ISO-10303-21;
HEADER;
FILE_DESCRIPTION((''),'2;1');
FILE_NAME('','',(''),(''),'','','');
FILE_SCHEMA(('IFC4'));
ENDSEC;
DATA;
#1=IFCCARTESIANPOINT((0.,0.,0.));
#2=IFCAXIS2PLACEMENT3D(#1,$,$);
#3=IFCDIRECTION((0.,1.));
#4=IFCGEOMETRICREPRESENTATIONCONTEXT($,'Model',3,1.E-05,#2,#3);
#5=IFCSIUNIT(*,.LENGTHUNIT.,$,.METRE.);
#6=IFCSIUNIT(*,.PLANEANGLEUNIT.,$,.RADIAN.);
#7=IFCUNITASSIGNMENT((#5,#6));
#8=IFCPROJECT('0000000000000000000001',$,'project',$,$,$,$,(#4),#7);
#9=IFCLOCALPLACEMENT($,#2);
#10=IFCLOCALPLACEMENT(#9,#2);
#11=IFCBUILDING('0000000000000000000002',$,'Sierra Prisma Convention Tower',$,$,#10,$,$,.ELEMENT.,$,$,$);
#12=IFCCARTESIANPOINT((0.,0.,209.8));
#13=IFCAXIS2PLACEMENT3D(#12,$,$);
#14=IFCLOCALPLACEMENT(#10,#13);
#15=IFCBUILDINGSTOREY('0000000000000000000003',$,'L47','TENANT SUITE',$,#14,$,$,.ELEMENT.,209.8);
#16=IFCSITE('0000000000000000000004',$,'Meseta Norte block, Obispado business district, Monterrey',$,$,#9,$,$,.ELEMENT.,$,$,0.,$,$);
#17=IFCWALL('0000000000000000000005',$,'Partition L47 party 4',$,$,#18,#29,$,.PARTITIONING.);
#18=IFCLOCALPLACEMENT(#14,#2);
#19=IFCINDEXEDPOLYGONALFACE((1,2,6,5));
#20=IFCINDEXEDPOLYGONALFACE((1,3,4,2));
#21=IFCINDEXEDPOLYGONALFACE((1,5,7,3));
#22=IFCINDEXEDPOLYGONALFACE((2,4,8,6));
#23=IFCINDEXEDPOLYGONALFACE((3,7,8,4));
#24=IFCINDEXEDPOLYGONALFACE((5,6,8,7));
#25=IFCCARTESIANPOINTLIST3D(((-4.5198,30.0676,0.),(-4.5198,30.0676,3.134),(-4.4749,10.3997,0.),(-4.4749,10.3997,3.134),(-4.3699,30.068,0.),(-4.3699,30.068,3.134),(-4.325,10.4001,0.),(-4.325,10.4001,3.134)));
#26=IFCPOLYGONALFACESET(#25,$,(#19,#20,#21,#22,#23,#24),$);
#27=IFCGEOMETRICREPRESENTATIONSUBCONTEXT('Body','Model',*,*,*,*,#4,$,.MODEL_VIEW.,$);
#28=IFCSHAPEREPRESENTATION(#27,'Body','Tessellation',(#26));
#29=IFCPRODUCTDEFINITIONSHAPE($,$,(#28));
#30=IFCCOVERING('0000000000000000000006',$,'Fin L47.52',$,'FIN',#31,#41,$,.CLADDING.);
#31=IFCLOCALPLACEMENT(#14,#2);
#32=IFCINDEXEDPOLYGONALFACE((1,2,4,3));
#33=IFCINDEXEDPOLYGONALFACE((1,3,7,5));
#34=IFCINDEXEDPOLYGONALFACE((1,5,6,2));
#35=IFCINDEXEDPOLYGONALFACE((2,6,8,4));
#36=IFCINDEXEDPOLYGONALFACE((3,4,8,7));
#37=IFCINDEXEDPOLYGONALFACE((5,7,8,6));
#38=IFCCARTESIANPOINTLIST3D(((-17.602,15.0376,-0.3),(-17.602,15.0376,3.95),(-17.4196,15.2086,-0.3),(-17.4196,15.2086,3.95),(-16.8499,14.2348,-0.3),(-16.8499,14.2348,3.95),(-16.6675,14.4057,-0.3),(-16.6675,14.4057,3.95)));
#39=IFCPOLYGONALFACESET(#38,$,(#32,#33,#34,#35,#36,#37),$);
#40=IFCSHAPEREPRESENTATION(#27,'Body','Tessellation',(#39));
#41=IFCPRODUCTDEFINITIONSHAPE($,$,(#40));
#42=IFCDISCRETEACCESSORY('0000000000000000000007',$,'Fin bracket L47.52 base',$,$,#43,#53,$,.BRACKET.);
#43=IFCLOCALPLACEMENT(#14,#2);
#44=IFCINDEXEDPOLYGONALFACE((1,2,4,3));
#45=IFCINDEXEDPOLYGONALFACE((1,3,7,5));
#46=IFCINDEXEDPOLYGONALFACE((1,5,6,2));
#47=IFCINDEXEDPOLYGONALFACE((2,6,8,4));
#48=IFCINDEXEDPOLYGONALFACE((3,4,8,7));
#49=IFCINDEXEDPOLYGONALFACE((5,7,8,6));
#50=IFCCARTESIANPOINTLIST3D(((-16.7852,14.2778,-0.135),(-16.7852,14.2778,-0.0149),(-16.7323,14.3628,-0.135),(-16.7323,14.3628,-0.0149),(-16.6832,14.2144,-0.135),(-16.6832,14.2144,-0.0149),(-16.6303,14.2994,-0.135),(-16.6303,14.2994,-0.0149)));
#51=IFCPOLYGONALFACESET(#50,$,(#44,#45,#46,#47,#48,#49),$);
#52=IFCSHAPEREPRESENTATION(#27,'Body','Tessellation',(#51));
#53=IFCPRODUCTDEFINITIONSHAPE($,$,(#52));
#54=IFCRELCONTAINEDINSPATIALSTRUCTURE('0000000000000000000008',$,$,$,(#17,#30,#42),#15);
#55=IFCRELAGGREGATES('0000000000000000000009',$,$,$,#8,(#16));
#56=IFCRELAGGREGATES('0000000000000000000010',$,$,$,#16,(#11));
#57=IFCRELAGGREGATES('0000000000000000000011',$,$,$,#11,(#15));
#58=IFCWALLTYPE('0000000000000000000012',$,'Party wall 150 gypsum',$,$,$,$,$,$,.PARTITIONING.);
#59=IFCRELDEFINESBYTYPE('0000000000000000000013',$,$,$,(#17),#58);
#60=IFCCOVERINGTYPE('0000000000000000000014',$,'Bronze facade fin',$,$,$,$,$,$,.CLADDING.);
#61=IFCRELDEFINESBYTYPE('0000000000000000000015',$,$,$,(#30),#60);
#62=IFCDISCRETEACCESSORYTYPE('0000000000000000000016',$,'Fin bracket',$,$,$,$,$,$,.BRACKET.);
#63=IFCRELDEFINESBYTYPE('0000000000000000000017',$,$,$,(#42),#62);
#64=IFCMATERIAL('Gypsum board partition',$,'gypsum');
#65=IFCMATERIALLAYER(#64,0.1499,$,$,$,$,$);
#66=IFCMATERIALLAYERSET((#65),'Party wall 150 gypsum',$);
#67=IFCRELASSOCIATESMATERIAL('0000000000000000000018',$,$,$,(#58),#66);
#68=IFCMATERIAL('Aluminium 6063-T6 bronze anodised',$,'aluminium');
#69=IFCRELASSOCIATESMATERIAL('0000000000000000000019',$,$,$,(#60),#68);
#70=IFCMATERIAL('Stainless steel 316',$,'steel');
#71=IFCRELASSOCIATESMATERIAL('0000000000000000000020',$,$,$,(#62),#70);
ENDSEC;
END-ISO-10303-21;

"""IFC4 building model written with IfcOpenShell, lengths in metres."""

from ifc_helpers import new_model, si_unit, direction, frame, frame_2d, origin, origin_2d, place, context, subcontext, project, spatial, rectangle, extrude, material, layer, layer_set, material_profile, profile_set, type_object, element, save


model = new_model("IFC4")

# Units and contexts
model_context = context("Model", 3, precision=1e-05, world=origin(), true_north=direction((0.0, 1.0)))
body_context = subcontext(model_context, "Body", "Model", "MODEL_VIEW")
ifc_project = project(units=[si_unit("LENGTHUNIT", "METRE"), si_unit("PLANEANGLEUNIT", "RADIAN")], contexts=[model_context])

# Site, building, storey
site_placement = place(None, origin())
site = spatial("IfcSite", under=ifc_project, at=site_placement, Name="Meseta Norte block, Obispado business district, Monterrey", CompositionType="ELEMENT", RefElevation=0.0)
building_placement = place(site_placement, origin())
building = spatial("IfcBuilding", under=site, at=building_placement, Name="Sierra Prisma Convention Tower", CompositionType="ELEMENT")
storey_placement = place(building_placement, frame((0.0, 0.0, 209.8)))
storey = spatial("IfcBuildingStorey", under=building, at=storey_placement, Name="L47", Description="TENANT SUITE", CompositionType="ELEMENT", Elevation=209.8)

# Wall
ifc_material_1 = material(Name="Gypsum board partition", Category="gypsum")
ifc_layer_1 = layer(ifc_material_1, 0.1499)
ifc_layer_set_1 = layer_set([ifc_layer_1], Name="Party wall 150 gypsum")
wall_type_1 = type_object("IfcWallType", Name="Party wall 150 gypsum", PredefinedType="PARTITIONING", material=ifc_layer_set_1)
wall_1_placement = place(storey_placement, frame((-4.3999, 10.3999, 0.0), z_axis=(0.0, 0.0, 1.0), x_axis=(-0.002284, 0.999997, 0.0)))
element("IfcWall", 1, at=wall_1_placement, inside=storey, type_object=wall_type_1, Name="Partition L47 party 4", PredefinedType="PARTITIONING", context=body_context, shape_type="SweptSolid", body=[
    extrude(rectangle(XDim=19.668, YDim=0.1499, at=frame_2d((9.834, 0.0))), origin(), (0.0, 0.0, 1.0), 3.134),
])

# Covering
ifc_material_2 = material(Name="Aluminium 6063-T6 bronze anodised", Category="aluminium")
ifc_material_profile_1 = material_profile(ifc_material_2, rectangle(XDim=1.1001, YDim=0.25, at=origin_2d()), Name="ALU FIN 1100x250")
ifc_profile_set_1 = profile_set([ifc_material_profile_1], Name="Aluminium 6063-T6 bronze anodised")
covering_type = type_object("IfcCoveringType", Name="Bronze facade fin", PredefinedType="CLADDING", material=ifc_profile_set_1)
covering_placement = place(storey_placement, frame((-17.1348, 14.7217, -0.3), z_axis=(0.0, 0.0, 1.0), x_axis=(-0.683672, 0.729789, 0.0)))
element("IfcCovering", 2, at=covering_placement, inside=storey, type_object=covering_type, Name="Fin L47.52", ObjectType="FIN", PredefinedType="CLADDING", context=body_context, shape_type="SweptSolid", body=[
    extrude(rectangle(XDim=1.1001, YDim=0.25, at=origin_2d()), origin(), (0.0, 0.0, 1.0), 4.25),
])

# Discrete accessory
ifc_material_3 = material(Name="Stainless steel 316", Category="steel")
discrete_accessory_type = type_object("IfcDiscreteAccessoryType", Name="Fin bracket", PredefinedType="BRACKET", material=ifc_material_3)
discrete_accessory_placement = place(storey_placement, frame((-16.7078, 14.2886, -0.135), z_axis=(0.0, 0.0, 1.0), x_axis=(-0.84926, 0.527975, 0.0)))
element("IfcDiscreteAccessory", 3, at=discrete_accessory_placement, inside=storey, type_object=discrete_accessory_type, Name="Fin bracket L47.52 base", PredefinedType="BRACKET", context=body_context, shape_type="SweptSolid", body=[
    extrude(rectangle(XDim=0.1201, YDim=0.1001, at=origin_2d()), origin(), (0.0, 0.0, 1.0), 0.1201),
])

save(model, "model.ifc")
